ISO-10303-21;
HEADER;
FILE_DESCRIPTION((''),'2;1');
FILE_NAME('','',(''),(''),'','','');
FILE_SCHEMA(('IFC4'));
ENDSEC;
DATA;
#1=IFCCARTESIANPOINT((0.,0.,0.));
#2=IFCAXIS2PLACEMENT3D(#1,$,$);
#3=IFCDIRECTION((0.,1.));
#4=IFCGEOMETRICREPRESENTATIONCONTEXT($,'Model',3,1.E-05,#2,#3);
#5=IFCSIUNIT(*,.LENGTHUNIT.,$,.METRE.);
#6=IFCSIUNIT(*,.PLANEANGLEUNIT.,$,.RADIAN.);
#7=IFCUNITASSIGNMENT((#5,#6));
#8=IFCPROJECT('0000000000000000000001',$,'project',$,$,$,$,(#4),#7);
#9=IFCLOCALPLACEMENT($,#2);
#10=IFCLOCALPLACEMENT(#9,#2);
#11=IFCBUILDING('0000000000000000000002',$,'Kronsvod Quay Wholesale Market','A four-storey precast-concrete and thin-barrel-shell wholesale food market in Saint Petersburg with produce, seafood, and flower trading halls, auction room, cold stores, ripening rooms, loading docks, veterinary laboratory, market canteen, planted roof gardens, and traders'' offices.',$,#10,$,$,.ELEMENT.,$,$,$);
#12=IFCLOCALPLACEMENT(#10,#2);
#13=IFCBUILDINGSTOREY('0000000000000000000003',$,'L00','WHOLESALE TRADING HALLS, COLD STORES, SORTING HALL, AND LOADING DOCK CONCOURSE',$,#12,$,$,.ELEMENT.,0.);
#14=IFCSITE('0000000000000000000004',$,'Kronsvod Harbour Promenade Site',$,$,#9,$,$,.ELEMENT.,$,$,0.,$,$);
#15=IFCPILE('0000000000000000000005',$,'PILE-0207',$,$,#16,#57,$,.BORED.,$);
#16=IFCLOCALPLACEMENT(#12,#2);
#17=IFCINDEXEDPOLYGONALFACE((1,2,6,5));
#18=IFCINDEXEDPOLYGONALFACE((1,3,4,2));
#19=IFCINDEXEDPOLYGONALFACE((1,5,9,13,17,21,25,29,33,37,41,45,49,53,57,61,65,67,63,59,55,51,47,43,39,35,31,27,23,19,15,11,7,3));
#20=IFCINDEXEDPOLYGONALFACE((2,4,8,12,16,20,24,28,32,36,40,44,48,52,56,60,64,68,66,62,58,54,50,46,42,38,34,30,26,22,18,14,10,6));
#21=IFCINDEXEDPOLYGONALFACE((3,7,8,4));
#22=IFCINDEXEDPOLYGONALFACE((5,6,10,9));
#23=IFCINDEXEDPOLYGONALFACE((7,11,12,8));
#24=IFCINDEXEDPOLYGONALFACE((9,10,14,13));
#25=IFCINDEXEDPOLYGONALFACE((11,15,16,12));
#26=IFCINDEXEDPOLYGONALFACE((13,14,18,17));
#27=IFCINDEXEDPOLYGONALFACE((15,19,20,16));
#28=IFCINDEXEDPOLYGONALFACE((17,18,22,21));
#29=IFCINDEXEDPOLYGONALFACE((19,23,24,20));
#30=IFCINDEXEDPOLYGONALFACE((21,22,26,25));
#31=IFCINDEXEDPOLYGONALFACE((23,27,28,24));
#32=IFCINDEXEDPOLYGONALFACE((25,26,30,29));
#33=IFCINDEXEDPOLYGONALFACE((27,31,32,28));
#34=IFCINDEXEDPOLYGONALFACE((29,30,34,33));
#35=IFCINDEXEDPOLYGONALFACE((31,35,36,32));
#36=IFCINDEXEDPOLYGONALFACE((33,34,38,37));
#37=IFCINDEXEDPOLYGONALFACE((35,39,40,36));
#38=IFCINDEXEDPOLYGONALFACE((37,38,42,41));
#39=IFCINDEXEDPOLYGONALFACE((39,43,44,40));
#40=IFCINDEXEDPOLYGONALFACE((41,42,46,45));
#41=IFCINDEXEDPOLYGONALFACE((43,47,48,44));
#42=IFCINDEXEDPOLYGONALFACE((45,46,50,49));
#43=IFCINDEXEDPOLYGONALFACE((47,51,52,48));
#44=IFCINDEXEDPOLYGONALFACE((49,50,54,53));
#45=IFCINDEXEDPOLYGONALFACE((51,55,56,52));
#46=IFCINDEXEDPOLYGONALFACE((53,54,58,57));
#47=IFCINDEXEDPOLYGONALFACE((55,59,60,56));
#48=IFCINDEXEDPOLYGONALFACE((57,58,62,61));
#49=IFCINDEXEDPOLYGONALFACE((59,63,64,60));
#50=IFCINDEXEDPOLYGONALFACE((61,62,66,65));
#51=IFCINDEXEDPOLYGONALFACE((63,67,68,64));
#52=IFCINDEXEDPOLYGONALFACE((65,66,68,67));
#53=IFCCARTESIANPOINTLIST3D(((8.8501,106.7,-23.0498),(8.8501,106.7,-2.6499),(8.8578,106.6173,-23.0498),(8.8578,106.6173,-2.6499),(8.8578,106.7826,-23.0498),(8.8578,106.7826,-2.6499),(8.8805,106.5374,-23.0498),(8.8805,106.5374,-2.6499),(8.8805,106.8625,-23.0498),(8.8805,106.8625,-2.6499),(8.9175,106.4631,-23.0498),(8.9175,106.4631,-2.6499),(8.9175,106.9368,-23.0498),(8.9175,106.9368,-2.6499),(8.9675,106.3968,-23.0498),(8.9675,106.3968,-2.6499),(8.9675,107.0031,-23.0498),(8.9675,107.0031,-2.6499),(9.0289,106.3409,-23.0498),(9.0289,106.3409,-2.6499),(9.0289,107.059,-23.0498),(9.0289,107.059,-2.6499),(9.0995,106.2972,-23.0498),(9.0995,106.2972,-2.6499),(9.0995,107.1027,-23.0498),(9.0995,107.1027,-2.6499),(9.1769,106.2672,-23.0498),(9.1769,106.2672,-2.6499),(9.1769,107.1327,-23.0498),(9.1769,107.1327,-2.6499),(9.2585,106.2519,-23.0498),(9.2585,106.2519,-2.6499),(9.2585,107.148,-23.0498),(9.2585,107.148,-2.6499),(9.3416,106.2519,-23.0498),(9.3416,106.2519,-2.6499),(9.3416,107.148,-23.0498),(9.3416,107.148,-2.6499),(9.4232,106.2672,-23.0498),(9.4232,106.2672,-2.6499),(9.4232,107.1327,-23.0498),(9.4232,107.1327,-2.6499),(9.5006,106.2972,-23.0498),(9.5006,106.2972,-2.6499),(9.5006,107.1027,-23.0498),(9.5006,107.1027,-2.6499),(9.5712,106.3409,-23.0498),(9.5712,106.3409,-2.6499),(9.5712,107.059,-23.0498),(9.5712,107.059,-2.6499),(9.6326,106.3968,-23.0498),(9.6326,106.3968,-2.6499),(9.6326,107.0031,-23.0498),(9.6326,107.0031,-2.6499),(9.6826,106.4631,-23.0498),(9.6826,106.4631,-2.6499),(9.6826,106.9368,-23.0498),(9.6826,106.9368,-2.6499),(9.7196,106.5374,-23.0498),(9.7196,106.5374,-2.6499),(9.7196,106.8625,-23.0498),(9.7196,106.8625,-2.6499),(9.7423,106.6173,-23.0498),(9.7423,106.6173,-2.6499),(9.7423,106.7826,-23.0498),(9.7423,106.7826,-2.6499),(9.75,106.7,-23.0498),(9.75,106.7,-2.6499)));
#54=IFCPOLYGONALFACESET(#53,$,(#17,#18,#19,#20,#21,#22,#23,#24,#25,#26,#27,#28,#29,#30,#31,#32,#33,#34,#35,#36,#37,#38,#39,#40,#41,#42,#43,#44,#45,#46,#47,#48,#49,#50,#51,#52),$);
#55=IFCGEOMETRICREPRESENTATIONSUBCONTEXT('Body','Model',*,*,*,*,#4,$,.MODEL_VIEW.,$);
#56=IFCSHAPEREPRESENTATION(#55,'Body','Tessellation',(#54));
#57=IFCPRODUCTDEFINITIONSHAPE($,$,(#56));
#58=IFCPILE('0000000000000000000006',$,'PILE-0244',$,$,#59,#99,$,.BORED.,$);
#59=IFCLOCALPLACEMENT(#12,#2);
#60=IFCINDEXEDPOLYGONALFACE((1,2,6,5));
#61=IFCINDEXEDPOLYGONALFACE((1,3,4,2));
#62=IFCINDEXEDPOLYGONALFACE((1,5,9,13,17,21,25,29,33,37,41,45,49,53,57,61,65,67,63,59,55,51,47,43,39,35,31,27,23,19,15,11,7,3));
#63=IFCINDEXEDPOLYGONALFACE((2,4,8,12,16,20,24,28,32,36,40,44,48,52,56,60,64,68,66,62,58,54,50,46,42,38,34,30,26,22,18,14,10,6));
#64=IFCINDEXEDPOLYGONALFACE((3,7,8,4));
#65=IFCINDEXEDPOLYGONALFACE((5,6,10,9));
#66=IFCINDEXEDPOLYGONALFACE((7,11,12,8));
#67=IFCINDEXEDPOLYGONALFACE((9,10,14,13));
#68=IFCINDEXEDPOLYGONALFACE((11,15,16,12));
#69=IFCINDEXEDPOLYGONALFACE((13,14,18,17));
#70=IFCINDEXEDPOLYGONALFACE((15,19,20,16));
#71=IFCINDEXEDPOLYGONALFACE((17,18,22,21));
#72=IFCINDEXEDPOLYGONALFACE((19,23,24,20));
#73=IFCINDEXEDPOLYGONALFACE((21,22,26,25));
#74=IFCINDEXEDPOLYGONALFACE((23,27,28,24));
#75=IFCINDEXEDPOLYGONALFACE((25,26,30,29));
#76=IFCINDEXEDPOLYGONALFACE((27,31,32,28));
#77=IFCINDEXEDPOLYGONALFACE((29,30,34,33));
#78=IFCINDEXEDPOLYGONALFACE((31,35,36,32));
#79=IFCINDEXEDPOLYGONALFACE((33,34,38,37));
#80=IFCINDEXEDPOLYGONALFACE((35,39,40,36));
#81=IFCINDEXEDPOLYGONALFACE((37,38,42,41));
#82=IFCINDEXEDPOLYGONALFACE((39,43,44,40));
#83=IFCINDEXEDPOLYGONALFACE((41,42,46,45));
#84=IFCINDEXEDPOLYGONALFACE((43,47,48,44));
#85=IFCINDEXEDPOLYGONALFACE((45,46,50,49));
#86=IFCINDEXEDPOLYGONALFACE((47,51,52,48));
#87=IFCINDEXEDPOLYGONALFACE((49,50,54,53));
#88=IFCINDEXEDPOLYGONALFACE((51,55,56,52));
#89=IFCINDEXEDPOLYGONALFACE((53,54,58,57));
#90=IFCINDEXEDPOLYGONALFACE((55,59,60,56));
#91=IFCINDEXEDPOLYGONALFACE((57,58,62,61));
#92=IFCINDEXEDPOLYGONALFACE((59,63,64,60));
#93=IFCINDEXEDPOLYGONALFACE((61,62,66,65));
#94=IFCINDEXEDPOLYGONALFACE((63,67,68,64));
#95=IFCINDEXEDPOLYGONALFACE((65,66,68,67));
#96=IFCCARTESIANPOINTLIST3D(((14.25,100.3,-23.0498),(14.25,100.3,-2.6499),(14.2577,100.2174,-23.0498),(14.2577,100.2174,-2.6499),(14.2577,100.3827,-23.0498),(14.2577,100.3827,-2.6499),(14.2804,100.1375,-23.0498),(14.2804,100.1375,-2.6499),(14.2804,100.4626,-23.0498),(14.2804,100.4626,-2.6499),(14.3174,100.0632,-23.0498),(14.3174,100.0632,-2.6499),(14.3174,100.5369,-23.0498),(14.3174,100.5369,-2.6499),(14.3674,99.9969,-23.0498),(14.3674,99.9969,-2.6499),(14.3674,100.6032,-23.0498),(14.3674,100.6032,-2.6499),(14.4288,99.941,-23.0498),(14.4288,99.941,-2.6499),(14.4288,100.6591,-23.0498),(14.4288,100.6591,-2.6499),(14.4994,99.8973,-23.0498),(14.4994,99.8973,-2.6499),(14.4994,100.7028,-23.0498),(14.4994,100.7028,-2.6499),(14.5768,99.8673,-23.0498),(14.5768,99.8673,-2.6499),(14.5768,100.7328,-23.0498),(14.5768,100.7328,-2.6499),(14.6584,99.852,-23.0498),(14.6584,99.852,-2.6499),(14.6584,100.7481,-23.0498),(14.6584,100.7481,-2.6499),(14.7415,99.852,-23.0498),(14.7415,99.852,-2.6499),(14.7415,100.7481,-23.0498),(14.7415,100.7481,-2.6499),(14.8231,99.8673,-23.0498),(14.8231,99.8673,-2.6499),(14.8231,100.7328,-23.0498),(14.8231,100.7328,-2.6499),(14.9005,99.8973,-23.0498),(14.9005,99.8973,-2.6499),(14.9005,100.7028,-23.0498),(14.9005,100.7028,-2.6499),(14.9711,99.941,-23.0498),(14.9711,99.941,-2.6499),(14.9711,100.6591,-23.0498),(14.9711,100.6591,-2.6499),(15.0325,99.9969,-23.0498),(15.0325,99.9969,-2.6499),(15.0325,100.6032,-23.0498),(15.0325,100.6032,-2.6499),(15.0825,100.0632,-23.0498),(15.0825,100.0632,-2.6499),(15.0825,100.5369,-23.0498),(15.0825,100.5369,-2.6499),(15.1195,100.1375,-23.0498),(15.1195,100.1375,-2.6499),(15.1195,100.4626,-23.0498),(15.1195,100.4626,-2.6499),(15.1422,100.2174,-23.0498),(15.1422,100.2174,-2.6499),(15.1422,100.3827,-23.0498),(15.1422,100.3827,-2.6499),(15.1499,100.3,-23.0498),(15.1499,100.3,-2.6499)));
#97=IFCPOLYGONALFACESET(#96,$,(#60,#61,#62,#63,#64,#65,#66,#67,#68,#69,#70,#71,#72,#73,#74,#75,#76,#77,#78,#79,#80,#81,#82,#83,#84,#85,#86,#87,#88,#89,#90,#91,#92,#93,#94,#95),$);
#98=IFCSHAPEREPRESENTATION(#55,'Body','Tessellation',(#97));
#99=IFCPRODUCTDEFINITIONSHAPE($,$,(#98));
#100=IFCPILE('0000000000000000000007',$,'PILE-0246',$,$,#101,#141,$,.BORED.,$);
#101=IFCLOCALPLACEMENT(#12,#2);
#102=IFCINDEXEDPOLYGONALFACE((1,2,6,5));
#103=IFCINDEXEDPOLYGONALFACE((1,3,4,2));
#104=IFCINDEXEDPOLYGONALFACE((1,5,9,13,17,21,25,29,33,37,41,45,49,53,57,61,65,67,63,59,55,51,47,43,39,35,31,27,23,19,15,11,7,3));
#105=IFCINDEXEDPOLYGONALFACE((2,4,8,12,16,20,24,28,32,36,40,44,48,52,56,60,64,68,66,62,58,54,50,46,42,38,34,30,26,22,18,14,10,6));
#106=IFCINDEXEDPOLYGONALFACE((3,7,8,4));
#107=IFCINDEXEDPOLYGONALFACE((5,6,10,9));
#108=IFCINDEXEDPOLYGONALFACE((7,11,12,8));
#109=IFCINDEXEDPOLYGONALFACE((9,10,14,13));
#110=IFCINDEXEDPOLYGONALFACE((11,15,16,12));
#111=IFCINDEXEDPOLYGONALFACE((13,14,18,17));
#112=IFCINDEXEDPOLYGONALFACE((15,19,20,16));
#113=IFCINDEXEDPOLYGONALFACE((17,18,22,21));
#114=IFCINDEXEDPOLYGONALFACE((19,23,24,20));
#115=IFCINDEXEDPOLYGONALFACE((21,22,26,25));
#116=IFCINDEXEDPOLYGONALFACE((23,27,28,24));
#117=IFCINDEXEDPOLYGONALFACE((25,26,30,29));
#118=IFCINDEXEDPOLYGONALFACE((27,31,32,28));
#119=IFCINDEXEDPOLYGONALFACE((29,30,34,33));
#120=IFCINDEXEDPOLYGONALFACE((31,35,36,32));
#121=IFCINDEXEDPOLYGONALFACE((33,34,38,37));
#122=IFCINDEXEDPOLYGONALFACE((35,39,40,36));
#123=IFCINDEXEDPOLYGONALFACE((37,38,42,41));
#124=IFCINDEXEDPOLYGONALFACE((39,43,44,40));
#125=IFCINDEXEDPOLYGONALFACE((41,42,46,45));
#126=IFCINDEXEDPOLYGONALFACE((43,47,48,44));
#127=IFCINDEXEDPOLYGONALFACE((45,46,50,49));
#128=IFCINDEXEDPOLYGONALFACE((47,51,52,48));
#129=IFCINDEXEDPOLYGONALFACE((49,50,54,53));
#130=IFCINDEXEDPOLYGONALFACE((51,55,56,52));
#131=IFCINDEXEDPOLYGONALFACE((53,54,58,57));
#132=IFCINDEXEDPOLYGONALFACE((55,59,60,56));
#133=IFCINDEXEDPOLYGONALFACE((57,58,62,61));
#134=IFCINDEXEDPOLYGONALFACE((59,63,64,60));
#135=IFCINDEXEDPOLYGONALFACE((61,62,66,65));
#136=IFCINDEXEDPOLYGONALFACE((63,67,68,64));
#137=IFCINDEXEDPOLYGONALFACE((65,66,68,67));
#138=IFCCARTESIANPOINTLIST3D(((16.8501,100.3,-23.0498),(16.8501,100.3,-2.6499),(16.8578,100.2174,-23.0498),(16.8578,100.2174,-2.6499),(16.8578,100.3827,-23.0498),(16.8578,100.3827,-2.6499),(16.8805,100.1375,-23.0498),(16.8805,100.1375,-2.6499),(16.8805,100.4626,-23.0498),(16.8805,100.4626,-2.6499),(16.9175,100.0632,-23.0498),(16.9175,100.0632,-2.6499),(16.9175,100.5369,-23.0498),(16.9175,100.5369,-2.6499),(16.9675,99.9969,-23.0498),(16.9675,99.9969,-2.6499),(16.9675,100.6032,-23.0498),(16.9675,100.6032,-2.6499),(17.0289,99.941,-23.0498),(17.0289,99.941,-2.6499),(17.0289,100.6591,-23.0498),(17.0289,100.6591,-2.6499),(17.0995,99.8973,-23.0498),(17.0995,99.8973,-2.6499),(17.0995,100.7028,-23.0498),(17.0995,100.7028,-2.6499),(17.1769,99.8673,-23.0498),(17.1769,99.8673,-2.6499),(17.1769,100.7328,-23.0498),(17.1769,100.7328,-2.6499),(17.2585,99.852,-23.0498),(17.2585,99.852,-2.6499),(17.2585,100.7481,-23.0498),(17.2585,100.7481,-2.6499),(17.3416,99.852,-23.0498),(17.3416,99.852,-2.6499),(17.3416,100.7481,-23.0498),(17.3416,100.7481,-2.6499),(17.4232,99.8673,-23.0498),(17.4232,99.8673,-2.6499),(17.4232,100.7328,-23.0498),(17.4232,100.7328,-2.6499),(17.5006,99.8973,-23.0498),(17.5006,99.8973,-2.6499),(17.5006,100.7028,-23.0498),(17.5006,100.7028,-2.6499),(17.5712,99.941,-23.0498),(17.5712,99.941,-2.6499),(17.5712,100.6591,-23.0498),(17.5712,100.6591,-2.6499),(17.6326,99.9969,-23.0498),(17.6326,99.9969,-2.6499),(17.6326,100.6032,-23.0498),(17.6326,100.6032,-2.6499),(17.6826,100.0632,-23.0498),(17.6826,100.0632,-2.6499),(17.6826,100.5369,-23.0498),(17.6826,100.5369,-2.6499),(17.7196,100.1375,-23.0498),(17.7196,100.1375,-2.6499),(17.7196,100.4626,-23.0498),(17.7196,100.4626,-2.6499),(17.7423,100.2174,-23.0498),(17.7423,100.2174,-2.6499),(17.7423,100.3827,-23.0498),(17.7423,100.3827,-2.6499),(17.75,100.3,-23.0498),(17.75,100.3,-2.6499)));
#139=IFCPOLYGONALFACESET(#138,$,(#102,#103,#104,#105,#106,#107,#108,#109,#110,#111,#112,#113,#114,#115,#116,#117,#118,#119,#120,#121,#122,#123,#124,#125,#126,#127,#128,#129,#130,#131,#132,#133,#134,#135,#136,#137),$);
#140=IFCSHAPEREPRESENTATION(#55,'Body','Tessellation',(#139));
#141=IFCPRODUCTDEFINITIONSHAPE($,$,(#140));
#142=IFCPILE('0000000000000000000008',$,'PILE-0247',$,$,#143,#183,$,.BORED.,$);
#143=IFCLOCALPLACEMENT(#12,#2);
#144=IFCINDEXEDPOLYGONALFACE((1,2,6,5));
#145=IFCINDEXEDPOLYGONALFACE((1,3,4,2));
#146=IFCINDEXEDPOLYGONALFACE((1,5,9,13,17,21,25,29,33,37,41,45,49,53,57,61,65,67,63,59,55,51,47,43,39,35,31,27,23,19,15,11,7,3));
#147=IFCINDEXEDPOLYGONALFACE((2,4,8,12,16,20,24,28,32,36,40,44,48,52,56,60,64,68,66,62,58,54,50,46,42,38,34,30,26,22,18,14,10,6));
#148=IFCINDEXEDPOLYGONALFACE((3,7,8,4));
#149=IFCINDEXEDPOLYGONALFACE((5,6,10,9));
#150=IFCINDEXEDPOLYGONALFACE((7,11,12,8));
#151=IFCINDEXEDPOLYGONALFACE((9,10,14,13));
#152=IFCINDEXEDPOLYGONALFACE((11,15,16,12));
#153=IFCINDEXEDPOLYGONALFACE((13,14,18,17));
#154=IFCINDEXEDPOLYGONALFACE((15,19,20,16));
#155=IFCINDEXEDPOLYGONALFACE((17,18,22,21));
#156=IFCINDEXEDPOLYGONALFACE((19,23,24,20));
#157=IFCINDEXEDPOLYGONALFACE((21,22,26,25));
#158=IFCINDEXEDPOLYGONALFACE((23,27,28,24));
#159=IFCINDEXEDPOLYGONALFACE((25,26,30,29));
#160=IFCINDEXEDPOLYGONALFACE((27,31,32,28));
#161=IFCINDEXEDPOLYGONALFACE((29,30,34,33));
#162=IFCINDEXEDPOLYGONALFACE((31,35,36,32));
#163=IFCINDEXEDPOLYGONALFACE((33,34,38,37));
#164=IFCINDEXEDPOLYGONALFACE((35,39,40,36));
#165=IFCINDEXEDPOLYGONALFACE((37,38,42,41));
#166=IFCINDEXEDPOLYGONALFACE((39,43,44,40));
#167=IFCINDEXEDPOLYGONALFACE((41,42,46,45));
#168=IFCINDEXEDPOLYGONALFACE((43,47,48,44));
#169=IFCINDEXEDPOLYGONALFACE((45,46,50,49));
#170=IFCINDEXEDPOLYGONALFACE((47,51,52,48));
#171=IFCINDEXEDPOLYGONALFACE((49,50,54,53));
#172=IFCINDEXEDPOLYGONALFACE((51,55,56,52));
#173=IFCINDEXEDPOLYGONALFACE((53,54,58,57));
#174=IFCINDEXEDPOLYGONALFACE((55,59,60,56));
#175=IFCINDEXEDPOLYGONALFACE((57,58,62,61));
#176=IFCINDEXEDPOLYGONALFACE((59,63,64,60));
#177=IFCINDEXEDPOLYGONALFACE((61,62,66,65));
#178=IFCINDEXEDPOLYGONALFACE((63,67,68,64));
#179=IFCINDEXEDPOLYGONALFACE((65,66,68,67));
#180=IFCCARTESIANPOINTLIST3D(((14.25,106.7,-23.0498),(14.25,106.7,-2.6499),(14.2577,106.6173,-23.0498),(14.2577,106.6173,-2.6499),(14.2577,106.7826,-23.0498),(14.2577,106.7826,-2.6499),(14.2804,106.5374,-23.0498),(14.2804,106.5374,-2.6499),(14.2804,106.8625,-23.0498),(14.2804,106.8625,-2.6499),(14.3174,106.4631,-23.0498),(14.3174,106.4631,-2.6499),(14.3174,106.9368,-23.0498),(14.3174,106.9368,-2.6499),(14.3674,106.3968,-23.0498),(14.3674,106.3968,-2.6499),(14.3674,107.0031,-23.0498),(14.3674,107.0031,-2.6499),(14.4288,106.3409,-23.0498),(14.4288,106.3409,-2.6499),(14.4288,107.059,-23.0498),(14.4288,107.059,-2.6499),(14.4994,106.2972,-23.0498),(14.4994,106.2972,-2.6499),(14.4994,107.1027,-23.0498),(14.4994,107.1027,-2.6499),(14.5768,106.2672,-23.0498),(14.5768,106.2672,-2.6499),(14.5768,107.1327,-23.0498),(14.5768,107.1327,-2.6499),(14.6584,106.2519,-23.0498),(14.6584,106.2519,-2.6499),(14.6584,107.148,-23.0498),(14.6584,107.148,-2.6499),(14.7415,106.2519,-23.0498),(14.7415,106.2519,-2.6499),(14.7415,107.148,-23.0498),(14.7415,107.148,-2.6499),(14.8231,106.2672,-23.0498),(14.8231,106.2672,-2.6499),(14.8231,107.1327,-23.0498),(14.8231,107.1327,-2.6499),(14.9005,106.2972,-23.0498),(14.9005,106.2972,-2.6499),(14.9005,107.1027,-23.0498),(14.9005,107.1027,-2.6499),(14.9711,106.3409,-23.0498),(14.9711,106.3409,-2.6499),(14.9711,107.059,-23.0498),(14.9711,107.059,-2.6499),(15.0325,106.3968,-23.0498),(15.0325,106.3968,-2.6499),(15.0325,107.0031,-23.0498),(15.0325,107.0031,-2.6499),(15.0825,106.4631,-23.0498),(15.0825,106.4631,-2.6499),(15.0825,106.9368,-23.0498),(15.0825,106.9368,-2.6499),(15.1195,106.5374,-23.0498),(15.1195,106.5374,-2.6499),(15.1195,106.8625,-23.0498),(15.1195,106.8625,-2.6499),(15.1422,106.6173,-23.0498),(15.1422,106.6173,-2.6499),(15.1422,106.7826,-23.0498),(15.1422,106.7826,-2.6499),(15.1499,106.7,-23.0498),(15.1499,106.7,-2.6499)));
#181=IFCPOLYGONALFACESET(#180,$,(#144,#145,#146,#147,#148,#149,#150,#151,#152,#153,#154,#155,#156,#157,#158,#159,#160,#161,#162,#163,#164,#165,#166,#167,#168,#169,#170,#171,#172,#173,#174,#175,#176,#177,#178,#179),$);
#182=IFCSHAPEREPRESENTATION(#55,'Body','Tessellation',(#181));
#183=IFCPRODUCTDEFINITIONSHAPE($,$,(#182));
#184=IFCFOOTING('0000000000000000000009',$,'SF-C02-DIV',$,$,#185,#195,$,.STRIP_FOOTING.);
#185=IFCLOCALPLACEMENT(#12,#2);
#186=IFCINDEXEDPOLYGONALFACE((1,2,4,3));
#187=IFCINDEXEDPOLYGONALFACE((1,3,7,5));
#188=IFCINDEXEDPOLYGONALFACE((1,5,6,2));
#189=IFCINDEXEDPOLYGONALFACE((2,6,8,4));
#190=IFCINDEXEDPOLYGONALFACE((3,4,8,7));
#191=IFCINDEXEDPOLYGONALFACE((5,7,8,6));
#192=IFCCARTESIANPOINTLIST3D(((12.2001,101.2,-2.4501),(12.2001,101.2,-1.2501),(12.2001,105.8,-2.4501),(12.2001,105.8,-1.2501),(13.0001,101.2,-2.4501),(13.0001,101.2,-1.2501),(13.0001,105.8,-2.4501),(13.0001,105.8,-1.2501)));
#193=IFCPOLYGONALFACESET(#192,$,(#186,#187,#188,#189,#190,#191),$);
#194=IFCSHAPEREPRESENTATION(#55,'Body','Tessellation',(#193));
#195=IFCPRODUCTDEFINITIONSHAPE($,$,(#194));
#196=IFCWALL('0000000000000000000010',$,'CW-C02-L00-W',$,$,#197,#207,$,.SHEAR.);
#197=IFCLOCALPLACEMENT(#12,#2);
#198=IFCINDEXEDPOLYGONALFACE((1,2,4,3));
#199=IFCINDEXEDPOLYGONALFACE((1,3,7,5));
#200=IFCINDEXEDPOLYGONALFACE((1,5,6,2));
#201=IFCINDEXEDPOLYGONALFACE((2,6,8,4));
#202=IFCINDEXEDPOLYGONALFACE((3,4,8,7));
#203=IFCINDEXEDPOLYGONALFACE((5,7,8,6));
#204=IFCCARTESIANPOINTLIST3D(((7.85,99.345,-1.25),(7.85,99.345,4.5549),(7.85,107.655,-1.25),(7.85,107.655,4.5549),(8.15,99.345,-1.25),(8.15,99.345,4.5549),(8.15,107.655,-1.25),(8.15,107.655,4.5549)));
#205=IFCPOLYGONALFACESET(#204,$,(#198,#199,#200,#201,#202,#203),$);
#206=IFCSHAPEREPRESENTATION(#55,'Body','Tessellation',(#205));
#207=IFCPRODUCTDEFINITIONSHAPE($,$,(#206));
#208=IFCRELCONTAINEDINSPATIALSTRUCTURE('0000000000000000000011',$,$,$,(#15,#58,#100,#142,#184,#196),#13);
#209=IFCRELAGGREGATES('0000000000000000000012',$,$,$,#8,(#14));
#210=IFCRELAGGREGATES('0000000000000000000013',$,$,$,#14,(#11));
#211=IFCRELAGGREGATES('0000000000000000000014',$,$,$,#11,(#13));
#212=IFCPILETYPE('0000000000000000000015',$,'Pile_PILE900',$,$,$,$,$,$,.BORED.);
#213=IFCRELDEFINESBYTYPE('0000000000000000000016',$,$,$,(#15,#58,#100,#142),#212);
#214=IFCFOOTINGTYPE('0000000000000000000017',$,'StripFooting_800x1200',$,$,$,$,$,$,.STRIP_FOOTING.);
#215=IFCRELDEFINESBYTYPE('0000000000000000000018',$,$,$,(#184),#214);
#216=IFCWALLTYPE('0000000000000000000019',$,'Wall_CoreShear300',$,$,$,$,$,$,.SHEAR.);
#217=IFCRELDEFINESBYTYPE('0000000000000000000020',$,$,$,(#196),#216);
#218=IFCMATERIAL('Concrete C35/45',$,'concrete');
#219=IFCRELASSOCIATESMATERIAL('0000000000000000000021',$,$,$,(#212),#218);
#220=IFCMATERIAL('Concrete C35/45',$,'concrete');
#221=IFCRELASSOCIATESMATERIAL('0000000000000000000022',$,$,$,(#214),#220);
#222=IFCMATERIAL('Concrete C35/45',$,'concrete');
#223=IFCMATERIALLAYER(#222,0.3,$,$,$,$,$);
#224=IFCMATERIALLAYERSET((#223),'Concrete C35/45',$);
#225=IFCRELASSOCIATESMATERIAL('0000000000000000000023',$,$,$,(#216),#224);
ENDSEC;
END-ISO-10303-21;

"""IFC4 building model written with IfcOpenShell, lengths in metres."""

from ifc_helpers import new_model, si_unit, direction, frame, frame_2d, origin, origin_2d, place, context, subcontext, project, spatial, rectangle, circle, extrude, material, layer, layer_set, material_profile, profile_set, type_object, element, save


model = new_model("IFC4")

# Units and contexts
model_context = context("Model", 3, precision=1e-05, world=origin(), true_north=direction((0.0, 1.0)))
body_context = subcontext(model_context, "Body", "Model", "MODEL_VIEW")
ifc_project = project(units=[si_unit("LENGTHUNIT", "METRE"), si_unit("PLANEANGLEUNIT", "RADIAN")], contexts=[model_context])

# Site, building, storey
site_placement = place(None, origin())
site = spatial("IfcSite", under=ifc_project, at=site_placement, Name="Kronsvod Harbour Promenade Site", CompositionType="ELEMENT", RefElevation=0.0)
building_placement = place(site_placement, origin())
building = spatial("IfcBuilding", under=site, at=building_placement, Name="Kronsvod Quay Wholesale Market", Description="A four-storey precast-concrete and thin-barrel-shell wholesale food market in Saint Petersburg with produce, seafood, and flower trading halls, auction room, cold stores, ripening rooms, loading docks, veterinary laboratory, market canteen, planted roof gardens, and traders' offices.", CompositionType="ELEMENT")
storey_placement = place(building_placement, origin())
storey = spatial("IfcBuildingStorey", under=building, at=storey_placement, Name="L00", Description="WHOLESALE TRADING HALLS, COLD STORES, SORTING HALL, AND LOADING DOCK CONCOURSE", CompositionType="ELEMENT", Elevation=0.0)

# Piles
ifc_material_1 = material(Name="Concrete C35/45", Category="concrete")
ifc_material_profile_1 = material_profile(ifc_material_1, circle(Radius=0.45, at=origin_2d()), Name="PILE900")
ifc_profile_set_1 = profile_set([ifc_material_profile_1], Name="Concrete C35/45")
pile_type = type_object("IfcPileType", Name="Pile_PILE900", PredefinedType="BORED", material=ifc_profile_set_1)
for number, where, z_axis, x_axis, name in (
    (1, (9.3, 106.7, -2.6499), (0.0, 0.0, -1.0), (1.0, 0.0, 0.0), "PILE-0207"),
    (2, (14.7, 100.3, -2.6499), (0.0, 0.0, -1.0), (1.0, 0.0, 0.0), "PILE-0244"),
    (3, (17.3, 100.3, -2.6499), (0.0, 0.0, -1.0), (1.0, 0.0, 0.0), "PILE-0246"),
    (4, (14.7, 106.7, -2.6499), (0.0, 0.0, -1.0), (1.0, 0.0, 0.0), "PILE-0247"),
):
    element("IfcPile", number, at=place(storey_placement, frame(where, z_axis=z_axis, x_axis=x_axis)), inside=storey, type_object=pile_type, Name=name, PredefinedType="BORED", context=body_context, shape_type="SweptSolid", body=[
        extrude(circle(Radius=0.45, at=origin_2d()), origin(), (0.0, 0.0, 1.0), 20.3999),
    ])

# Footing
ifc_material_2 = material(Name="Concrete C35/45", Category="concrete")
ifc_material_profile_2 = material_profile(ifc_material_2, rectangle(XDim=0.8, YDim=1.2, at=origin_2d()), Name="SF-01")
ifc_profile_set_2 = profile_set([ifc_material_profile_2], Name="Concrete C35/45")
footing_type_1 = type_object("IfcFootingType", Name="StripFooting_800x1200", PredefinedType="STRIP_FOOTING", material=ifc_profile_set_2)
footing_1_placement = place(storey_placement, frame((12.6001, 101.2, -1.8501), z_axis=(0.0, 1.0, 0.0), x_axis=(-1.0, 0.0, 0.0)))
element("IfcFooting", 5, at=footing_1_placement, inside=storey, type_object=footing_type_1, Name="SF-C02-DIV", PredefinedType="STRIP_FOOTING", context=body_context, shape_type="SweptSolid", body=[
    extrude(rectangle(XDim=0.8, YDim=1.2, at=origin_2d()), origin(), (0.0, 0.0, 1.0), 4.6001),
])

# Wall
ifc_material_3 = material(Name="Concrete C35/45", Category="concrete")
ifc_layer_1 = layer(ifc_material_3, 0.3)
ifc_layer_set_1 = layer_set([ifc_layer_1], Name="Concrete C35/45")
wall_type_1 = type_object("IfcWallType", Name="Wall_CoreShear300", PredefinedType="SHEAR", material=ifc_layer_set_1)
for number, where, z_axis, x_axis, name in (
    (6, (8.0, 99.345, -1.25), (0.0, 0.0, 1.0), (0.0, 1.0, 0.0), "CW-C02-L00-W"),
):
    element("IfcWall", number, at=place(storey_placement, frame(where, z_axis=z_axis, x_axis=x_axis)), inside=storey, type_object=wall_type_1, Name=name, PredefinedType="SHEAR", context=body_context, shape_type="SweptSolid", body=[
        extrude(rectangle(XDim=8.3101, YDim=0.3, at=frame_2d((4.155, 0.0))), origin(), (0.0, 0.0, 1.0), 5.8049),
    ])

save(model, "model.ifc")
